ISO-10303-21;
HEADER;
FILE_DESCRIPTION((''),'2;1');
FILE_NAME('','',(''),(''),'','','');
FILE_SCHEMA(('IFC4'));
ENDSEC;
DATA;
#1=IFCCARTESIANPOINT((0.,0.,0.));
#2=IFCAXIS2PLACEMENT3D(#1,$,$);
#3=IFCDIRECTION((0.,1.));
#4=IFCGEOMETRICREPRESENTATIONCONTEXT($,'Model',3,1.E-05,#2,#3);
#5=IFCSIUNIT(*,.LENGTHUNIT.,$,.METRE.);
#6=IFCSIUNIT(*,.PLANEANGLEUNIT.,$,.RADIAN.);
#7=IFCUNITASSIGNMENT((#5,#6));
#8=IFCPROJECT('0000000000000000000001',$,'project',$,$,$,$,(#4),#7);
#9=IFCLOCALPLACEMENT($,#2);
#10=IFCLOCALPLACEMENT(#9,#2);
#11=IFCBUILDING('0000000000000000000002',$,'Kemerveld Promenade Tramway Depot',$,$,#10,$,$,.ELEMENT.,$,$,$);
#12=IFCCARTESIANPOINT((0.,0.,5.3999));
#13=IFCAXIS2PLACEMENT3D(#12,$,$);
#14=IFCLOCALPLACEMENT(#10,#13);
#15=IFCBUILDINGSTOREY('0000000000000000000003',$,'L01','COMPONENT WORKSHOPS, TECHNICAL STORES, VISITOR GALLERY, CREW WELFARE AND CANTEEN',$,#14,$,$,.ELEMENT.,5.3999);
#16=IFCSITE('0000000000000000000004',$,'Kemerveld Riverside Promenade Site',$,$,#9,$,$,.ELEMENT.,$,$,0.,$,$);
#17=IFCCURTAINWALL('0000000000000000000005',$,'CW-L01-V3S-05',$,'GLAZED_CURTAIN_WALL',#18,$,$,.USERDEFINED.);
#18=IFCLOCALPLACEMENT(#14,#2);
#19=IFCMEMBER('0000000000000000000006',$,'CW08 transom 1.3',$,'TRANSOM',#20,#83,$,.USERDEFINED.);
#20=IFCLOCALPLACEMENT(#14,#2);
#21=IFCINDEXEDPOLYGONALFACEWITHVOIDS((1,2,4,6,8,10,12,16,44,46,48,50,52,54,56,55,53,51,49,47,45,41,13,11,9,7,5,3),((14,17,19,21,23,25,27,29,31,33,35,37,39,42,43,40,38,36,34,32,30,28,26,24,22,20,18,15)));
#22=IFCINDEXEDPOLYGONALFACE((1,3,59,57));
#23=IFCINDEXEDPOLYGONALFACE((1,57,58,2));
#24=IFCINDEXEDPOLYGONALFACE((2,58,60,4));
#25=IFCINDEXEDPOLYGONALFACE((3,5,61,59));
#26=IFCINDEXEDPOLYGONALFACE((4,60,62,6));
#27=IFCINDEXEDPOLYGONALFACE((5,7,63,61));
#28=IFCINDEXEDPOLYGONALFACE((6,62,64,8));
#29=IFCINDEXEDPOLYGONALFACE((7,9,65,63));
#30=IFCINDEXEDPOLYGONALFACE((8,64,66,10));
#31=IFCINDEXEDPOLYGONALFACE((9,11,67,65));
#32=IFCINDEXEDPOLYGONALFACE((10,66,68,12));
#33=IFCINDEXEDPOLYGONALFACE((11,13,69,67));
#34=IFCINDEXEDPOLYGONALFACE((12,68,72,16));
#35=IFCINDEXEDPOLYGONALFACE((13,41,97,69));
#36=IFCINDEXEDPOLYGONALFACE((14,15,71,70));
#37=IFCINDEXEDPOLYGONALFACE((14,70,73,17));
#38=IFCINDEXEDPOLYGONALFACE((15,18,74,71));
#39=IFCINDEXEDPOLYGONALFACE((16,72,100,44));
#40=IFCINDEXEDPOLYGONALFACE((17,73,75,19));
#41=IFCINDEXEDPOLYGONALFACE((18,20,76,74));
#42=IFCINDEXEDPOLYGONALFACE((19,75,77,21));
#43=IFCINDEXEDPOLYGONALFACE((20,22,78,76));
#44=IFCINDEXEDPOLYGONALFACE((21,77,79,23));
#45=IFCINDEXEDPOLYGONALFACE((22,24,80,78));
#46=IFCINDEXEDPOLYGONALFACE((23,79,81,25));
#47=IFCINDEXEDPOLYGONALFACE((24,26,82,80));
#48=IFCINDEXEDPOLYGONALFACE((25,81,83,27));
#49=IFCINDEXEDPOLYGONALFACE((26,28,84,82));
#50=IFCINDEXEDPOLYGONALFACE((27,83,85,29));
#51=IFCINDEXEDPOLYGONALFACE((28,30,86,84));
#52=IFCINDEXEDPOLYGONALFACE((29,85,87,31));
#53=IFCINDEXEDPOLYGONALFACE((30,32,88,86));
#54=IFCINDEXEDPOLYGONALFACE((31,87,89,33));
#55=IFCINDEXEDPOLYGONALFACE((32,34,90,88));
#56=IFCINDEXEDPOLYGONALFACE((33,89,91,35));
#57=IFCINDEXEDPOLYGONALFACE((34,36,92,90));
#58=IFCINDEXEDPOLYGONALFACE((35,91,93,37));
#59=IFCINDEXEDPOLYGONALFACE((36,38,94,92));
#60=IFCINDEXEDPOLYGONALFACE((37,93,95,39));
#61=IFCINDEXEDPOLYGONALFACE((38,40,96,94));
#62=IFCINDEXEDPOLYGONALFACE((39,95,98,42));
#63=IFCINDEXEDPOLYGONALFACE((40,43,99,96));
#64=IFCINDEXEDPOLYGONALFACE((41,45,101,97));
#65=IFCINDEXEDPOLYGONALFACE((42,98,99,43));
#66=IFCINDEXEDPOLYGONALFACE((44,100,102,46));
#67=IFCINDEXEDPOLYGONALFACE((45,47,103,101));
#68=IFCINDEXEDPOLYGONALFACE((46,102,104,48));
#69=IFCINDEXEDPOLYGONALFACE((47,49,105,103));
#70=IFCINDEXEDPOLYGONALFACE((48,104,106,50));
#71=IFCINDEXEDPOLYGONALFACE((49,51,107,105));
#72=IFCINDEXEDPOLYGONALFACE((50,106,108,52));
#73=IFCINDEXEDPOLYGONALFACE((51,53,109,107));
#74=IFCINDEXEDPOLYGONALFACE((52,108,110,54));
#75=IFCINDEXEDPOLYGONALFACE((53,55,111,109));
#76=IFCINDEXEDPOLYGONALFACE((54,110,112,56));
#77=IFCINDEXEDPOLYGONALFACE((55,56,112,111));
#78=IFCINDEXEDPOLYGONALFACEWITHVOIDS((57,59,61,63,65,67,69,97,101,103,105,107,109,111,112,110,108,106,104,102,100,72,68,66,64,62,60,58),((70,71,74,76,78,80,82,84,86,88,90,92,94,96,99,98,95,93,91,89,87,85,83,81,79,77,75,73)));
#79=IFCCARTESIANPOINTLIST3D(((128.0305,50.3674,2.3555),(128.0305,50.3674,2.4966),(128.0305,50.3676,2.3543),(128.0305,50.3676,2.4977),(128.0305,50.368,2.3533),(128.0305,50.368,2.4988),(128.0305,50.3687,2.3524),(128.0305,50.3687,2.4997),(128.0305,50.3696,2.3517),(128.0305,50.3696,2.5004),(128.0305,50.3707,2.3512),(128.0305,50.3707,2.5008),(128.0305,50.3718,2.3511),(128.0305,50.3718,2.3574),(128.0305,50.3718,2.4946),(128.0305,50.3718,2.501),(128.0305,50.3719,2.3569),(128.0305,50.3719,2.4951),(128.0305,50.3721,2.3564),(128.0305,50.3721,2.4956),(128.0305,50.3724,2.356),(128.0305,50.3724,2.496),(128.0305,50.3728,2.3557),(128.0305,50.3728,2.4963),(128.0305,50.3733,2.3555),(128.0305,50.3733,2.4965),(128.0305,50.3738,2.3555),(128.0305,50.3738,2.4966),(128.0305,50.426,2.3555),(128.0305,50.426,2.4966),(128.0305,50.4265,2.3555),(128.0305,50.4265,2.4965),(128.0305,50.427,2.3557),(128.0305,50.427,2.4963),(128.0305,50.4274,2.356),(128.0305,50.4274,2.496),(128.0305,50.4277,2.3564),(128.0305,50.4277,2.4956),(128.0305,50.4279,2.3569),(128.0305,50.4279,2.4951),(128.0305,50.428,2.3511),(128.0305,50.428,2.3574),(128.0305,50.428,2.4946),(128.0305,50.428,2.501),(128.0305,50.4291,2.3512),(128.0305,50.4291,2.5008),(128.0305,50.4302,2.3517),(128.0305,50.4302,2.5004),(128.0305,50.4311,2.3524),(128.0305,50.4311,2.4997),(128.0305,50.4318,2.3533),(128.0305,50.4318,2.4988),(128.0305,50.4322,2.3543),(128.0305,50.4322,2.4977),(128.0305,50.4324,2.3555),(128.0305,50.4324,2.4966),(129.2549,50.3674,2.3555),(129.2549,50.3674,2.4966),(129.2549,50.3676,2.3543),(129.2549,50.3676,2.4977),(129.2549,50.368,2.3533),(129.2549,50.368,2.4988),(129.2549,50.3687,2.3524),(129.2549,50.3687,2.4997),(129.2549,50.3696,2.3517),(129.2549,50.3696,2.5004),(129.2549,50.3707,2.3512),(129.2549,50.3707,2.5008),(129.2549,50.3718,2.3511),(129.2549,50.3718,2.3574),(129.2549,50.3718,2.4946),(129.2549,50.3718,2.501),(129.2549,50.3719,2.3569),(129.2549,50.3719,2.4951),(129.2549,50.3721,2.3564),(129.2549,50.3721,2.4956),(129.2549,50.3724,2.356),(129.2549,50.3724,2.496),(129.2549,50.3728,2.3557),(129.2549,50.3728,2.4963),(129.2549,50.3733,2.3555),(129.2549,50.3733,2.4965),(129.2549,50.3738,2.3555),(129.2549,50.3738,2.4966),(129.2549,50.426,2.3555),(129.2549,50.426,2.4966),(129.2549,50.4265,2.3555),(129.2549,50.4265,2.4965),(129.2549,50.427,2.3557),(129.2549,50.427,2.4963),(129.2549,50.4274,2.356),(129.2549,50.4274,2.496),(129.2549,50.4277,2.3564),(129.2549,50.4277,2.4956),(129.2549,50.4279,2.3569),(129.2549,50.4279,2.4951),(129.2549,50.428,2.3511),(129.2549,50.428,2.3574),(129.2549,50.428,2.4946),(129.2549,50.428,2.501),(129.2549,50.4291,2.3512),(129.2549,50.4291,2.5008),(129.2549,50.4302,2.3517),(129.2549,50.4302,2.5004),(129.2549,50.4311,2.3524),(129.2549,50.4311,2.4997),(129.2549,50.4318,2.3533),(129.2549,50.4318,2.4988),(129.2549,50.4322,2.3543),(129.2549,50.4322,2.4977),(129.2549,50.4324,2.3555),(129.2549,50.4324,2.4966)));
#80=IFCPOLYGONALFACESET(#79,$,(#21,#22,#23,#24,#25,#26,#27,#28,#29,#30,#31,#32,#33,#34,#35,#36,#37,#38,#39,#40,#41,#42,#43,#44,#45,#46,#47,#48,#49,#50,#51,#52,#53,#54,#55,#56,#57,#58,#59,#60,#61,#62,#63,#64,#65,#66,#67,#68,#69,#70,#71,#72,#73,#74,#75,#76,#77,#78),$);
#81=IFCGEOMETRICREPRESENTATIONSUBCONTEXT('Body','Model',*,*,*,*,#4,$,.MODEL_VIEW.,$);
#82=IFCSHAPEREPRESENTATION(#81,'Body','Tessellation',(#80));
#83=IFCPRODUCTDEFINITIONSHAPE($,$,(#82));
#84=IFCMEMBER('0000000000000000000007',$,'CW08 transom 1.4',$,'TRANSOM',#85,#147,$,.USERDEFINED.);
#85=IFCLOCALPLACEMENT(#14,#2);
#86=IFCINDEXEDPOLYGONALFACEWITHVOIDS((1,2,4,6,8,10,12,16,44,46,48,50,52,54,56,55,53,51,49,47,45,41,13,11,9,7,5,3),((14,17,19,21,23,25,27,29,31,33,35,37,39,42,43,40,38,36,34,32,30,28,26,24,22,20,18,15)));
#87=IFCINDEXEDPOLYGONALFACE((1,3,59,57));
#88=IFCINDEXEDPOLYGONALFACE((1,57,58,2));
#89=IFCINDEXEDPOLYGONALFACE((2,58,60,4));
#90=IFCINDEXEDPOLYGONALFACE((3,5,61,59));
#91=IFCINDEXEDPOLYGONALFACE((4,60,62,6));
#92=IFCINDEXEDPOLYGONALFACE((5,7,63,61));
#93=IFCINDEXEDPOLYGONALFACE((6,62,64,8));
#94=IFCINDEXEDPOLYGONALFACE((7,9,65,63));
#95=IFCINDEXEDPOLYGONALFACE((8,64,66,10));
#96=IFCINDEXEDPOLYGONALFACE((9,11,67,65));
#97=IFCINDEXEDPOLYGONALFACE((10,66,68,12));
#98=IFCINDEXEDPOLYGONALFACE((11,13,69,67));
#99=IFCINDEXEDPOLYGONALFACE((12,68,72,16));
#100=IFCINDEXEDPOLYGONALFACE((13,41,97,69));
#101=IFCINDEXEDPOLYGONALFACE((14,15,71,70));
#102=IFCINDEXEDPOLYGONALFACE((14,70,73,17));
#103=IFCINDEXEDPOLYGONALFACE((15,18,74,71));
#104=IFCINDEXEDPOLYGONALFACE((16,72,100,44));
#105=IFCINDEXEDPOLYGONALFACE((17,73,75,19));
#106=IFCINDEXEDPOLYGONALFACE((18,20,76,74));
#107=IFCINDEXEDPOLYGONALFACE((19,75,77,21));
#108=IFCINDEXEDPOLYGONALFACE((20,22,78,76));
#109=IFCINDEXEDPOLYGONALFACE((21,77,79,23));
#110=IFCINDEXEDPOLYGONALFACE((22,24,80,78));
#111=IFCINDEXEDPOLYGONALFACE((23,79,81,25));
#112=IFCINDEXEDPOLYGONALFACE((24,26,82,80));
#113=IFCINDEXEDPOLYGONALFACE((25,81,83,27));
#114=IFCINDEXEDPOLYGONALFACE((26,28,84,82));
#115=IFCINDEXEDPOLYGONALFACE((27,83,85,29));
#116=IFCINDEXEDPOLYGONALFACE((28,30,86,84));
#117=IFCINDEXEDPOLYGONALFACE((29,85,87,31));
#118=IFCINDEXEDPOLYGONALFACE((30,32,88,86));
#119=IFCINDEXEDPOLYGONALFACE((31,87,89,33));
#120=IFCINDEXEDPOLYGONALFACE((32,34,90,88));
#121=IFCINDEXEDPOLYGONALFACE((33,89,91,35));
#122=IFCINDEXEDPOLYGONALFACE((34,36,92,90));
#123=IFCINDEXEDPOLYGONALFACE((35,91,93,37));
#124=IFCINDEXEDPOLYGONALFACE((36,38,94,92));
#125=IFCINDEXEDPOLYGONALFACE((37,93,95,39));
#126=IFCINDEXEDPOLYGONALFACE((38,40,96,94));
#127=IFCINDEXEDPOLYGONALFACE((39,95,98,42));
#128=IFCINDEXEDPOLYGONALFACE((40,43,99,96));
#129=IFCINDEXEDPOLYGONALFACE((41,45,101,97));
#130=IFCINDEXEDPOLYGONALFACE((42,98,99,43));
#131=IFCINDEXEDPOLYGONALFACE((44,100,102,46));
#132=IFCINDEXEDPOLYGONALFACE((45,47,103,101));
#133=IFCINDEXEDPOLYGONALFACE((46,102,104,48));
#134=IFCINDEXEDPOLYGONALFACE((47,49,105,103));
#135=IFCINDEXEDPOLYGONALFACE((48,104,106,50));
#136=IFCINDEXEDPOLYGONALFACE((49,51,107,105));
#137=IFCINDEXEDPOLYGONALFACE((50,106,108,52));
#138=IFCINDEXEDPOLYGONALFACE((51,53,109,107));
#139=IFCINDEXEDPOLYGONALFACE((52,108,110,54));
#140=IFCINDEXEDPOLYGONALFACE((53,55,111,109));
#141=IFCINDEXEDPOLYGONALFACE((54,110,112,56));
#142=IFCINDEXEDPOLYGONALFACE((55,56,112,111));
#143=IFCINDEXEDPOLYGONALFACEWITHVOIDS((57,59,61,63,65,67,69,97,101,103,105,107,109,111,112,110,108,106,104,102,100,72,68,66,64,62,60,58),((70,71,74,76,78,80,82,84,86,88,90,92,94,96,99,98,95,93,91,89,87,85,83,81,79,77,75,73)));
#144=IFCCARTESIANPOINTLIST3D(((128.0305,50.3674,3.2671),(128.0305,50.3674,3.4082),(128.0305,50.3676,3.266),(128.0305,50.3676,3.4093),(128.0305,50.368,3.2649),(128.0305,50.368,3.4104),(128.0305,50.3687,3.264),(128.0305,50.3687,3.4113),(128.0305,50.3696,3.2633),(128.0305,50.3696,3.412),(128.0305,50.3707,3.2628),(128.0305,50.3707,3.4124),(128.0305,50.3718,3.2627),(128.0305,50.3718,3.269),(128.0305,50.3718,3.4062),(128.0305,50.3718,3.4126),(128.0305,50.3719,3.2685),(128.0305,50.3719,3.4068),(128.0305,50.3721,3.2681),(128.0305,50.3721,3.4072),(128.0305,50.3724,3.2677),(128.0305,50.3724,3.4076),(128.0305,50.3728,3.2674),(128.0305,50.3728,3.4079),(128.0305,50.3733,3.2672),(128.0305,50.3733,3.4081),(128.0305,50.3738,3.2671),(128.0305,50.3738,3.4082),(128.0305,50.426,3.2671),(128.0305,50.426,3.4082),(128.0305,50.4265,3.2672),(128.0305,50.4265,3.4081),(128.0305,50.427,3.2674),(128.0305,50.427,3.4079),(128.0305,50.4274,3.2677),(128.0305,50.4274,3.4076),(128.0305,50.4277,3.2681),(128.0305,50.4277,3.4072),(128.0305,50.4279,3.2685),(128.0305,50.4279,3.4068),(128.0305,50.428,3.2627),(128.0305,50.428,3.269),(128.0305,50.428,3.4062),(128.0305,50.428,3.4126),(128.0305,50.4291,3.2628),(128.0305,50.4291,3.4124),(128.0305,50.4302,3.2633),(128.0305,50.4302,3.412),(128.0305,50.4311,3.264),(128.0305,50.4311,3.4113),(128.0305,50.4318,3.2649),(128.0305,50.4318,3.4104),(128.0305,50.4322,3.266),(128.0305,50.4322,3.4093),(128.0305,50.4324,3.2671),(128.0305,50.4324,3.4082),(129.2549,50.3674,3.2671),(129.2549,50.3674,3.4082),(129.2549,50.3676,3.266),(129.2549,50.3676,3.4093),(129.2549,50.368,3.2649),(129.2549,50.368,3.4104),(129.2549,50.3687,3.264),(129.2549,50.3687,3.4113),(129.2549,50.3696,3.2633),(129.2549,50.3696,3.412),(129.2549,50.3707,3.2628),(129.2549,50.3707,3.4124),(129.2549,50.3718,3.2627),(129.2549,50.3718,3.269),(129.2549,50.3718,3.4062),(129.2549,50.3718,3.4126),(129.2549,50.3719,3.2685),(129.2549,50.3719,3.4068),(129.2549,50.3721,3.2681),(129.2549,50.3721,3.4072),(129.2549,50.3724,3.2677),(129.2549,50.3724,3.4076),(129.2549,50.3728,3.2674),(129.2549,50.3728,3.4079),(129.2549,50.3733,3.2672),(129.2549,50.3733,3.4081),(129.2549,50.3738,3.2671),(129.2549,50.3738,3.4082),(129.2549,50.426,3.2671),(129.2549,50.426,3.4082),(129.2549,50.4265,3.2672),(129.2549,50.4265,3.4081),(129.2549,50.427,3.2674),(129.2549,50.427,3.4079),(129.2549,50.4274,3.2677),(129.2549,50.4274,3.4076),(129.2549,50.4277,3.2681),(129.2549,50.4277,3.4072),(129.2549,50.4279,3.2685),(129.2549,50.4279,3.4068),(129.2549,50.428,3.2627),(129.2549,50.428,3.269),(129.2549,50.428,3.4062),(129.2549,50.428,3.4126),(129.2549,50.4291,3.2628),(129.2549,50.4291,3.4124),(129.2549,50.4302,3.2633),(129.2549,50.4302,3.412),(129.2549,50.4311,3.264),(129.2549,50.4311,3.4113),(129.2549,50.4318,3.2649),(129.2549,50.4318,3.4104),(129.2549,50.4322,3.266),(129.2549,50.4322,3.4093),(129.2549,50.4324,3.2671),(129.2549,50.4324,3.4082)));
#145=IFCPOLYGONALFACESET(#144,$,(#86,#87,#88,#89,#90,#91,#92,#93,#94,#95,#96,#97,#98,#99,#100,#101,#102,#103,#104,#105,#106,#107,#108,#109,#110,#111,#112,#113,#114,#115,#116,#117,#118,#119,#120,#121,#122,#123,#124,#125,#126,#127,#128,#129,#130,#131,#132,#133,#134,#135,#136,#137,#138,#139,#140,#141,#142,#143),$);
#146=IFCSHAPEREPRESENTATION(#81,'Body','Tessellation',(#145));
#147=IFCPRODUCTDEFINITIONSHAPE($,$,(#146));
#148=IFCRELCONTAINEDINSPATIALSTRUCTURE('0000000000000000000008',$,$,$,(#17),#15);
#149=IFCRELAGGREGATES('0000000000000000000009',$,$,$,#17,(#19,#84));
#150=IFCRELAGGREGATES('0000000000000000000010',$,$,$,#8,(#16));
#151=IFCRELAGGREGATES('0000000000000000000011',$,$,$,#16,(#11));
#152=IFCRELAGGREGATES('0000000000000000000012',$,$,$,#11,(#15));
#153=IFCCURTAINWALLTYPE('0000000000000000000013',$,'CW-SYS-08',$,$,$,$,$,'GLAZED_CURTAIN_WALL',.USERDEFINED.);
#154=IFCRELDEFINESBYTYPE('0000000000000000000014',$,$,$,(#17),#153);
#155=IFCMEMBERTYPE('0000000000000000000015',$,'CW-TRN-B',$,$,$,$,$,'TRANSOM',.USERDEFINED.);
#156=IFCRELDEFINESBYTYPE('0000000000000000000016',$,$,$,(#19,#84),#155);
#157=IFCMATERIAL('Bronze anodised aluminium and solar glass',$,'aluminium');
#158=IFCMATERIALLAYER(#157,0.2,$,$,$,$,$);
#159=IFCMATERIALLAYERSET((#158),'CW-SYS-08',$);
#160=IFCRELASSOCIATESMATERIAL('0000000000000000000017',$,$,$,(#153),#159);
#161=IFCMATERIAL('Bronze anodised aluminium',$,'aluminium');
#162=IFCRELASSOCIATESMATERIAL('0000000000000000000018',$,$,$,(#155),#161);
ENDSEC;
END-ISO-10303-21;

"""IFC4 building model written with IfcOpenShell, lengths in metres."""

from ifc_helpers import new_model, si_unit, direction, frame, origin, origin_2d, place, context, subcontext, project, spatial, hollow_rectangle, extrude, material, layer, layer_set, material_profile, profile_set, type_object, element, aggregate, save


model = new_model("IFC4")

# Units and contexts
model_context = context("Model", 3, precision=1e-05, world=origin(), true_north=direction((0.0, 1.0)))
body_context = subcontext(model_context, "Body", "Model", "MODEL_VIEW")
ifc_project = project(units=[si_unit("LENGTHUNIT", "METRE"), si_unit("PLANEANGLEUNIT", "RADIAN")], contexts=[model_context])

# Site, building, storey
site_placement = place(None, origin())
site = spatial("IfcSite", under=ifc_project, at=site_placement, Name="Kemerveld Riverside Promenade Site", CompositionType="ELEMENT", RefElevation=0.0)
building_placement = place(site_placement, origin())
building = spatial("IfcBuilding", under=site, at=building_placement, Name="Kemerveld Promenade Tramway Depot", CompositionType="ELEMENT")
storey_placement = place(building_placement, frame((0.0, 0.0, 5.3999)))
storey = spatial("IfcBuildingStorey", under=building, at=storey_placement, Name="L01", Description="COMPONENT WORKSHOPS, TECHNICAL STORES, VISITOR GALLERY, CREW WELFARE AND CANTEEN", CompositionType="ELEMENT", Elevation=5.3999)

# Curtain wall, members
ifc_material_1 = material(Name="Bronze anodised aluminium and solar glass", Category="aluminium")
ifc_layer_1 = layer(ifc_material_1, 0.2)
ifc_layer_set_1 = layer_set([ifc_layer_1], Name="CW-SYS-08")
curtain_wall_type = type_object("IfcCurtainWallType", Name="CW-SYS-08", ElementType="GLAZED_CURTAIN_WALL", PredefinedType="USERDEFINED", material=ifc_layer_set_1)
curtain_wall_placement = place(storey_placement, origin())
curtain_wall = element("IfcCurtainWall", 1, at=curtain_wall_placement, inside=storey, type_object=curtain_wall_type, Name="CW-L01-V3S-05", ObjectType="GLAZED_CURTAIN_WALL", PredefinedType="USERDEFINED")
ifc_material_2 = material(Name="Bronze anodised aluminium", Category="aluminium")
ifc_material_profile_1 = material_profile(ifc_material_2, hollow_rectangle(XDim=0.0649, YDim=0.1499, WallThickness=0.0044, InnerFilletRadius=0.002, OuterFilletRadius=0.0044, at=origin_2d()), Name="CW-TRN-150x65")
ifc_profile_set_1 = profile_set([ifc_material_profile_1], Name="Bronze anodised aluminium")
member_type_1 = type_object("IfcMemberType", Name="CW-TRN-B", ElementType="TRANSOM", PredefinedType="USERDEFINED", material=ifc_profile_set_1)
member_1_placement = place(storey_placement, frame((129.2549, 50.3999, 2.426), z_axis=(-1.0, 0.0, 0.0), x_axis=(0.0, -1.0, 0.0)))
member_1 = element("IfcMember", 2, at=member_1_placement, type_object=member_type_1, Name="CW08 transom 1.3", ObjectType="TRANSOM", PredefinedType="USERDEFINED", context=body_context, shape_type="SweptSolid", body=[
    extrude(hollow_rectangle(XDim=0.0649, YDim=0.1499, WallThickness=0.0044, InnerFilletRadius=0.002, OuterFilletRadius=0.0044, at=origin_2d()), origin(), (0.0, 0.0, 1.0), 1.2244),
])
member_2_placement = place(storey_placement, frame((129.2549, 50.3999, 3.3376), z_axis=(-1.0, 0.0, 0.0), x_axis=(0.0, -1.0, 0.0)))
member_2 = element("IfcMember", 3, at=member_2_placement, type_object=member_type_1, Name="CW08 transom 1.4", ObjectType="TRANSOM", PredefinedType="USERDEFINED", context=body_context, shape_type="SweptSolid", body=[
    extrude(hollow_rectangle(XDim=0.0649, YDim=0.1499, WallThickness=0.0044, InnerFilletRadius=0.002, OuterFilletRadius=0.0044, at=origin_2d()), origin(), (0.0, 0.0, 1.0), 1.2244),
])
aggregate(curtain_wall, [member_1, member_2])

save(model, "model.ifc")
